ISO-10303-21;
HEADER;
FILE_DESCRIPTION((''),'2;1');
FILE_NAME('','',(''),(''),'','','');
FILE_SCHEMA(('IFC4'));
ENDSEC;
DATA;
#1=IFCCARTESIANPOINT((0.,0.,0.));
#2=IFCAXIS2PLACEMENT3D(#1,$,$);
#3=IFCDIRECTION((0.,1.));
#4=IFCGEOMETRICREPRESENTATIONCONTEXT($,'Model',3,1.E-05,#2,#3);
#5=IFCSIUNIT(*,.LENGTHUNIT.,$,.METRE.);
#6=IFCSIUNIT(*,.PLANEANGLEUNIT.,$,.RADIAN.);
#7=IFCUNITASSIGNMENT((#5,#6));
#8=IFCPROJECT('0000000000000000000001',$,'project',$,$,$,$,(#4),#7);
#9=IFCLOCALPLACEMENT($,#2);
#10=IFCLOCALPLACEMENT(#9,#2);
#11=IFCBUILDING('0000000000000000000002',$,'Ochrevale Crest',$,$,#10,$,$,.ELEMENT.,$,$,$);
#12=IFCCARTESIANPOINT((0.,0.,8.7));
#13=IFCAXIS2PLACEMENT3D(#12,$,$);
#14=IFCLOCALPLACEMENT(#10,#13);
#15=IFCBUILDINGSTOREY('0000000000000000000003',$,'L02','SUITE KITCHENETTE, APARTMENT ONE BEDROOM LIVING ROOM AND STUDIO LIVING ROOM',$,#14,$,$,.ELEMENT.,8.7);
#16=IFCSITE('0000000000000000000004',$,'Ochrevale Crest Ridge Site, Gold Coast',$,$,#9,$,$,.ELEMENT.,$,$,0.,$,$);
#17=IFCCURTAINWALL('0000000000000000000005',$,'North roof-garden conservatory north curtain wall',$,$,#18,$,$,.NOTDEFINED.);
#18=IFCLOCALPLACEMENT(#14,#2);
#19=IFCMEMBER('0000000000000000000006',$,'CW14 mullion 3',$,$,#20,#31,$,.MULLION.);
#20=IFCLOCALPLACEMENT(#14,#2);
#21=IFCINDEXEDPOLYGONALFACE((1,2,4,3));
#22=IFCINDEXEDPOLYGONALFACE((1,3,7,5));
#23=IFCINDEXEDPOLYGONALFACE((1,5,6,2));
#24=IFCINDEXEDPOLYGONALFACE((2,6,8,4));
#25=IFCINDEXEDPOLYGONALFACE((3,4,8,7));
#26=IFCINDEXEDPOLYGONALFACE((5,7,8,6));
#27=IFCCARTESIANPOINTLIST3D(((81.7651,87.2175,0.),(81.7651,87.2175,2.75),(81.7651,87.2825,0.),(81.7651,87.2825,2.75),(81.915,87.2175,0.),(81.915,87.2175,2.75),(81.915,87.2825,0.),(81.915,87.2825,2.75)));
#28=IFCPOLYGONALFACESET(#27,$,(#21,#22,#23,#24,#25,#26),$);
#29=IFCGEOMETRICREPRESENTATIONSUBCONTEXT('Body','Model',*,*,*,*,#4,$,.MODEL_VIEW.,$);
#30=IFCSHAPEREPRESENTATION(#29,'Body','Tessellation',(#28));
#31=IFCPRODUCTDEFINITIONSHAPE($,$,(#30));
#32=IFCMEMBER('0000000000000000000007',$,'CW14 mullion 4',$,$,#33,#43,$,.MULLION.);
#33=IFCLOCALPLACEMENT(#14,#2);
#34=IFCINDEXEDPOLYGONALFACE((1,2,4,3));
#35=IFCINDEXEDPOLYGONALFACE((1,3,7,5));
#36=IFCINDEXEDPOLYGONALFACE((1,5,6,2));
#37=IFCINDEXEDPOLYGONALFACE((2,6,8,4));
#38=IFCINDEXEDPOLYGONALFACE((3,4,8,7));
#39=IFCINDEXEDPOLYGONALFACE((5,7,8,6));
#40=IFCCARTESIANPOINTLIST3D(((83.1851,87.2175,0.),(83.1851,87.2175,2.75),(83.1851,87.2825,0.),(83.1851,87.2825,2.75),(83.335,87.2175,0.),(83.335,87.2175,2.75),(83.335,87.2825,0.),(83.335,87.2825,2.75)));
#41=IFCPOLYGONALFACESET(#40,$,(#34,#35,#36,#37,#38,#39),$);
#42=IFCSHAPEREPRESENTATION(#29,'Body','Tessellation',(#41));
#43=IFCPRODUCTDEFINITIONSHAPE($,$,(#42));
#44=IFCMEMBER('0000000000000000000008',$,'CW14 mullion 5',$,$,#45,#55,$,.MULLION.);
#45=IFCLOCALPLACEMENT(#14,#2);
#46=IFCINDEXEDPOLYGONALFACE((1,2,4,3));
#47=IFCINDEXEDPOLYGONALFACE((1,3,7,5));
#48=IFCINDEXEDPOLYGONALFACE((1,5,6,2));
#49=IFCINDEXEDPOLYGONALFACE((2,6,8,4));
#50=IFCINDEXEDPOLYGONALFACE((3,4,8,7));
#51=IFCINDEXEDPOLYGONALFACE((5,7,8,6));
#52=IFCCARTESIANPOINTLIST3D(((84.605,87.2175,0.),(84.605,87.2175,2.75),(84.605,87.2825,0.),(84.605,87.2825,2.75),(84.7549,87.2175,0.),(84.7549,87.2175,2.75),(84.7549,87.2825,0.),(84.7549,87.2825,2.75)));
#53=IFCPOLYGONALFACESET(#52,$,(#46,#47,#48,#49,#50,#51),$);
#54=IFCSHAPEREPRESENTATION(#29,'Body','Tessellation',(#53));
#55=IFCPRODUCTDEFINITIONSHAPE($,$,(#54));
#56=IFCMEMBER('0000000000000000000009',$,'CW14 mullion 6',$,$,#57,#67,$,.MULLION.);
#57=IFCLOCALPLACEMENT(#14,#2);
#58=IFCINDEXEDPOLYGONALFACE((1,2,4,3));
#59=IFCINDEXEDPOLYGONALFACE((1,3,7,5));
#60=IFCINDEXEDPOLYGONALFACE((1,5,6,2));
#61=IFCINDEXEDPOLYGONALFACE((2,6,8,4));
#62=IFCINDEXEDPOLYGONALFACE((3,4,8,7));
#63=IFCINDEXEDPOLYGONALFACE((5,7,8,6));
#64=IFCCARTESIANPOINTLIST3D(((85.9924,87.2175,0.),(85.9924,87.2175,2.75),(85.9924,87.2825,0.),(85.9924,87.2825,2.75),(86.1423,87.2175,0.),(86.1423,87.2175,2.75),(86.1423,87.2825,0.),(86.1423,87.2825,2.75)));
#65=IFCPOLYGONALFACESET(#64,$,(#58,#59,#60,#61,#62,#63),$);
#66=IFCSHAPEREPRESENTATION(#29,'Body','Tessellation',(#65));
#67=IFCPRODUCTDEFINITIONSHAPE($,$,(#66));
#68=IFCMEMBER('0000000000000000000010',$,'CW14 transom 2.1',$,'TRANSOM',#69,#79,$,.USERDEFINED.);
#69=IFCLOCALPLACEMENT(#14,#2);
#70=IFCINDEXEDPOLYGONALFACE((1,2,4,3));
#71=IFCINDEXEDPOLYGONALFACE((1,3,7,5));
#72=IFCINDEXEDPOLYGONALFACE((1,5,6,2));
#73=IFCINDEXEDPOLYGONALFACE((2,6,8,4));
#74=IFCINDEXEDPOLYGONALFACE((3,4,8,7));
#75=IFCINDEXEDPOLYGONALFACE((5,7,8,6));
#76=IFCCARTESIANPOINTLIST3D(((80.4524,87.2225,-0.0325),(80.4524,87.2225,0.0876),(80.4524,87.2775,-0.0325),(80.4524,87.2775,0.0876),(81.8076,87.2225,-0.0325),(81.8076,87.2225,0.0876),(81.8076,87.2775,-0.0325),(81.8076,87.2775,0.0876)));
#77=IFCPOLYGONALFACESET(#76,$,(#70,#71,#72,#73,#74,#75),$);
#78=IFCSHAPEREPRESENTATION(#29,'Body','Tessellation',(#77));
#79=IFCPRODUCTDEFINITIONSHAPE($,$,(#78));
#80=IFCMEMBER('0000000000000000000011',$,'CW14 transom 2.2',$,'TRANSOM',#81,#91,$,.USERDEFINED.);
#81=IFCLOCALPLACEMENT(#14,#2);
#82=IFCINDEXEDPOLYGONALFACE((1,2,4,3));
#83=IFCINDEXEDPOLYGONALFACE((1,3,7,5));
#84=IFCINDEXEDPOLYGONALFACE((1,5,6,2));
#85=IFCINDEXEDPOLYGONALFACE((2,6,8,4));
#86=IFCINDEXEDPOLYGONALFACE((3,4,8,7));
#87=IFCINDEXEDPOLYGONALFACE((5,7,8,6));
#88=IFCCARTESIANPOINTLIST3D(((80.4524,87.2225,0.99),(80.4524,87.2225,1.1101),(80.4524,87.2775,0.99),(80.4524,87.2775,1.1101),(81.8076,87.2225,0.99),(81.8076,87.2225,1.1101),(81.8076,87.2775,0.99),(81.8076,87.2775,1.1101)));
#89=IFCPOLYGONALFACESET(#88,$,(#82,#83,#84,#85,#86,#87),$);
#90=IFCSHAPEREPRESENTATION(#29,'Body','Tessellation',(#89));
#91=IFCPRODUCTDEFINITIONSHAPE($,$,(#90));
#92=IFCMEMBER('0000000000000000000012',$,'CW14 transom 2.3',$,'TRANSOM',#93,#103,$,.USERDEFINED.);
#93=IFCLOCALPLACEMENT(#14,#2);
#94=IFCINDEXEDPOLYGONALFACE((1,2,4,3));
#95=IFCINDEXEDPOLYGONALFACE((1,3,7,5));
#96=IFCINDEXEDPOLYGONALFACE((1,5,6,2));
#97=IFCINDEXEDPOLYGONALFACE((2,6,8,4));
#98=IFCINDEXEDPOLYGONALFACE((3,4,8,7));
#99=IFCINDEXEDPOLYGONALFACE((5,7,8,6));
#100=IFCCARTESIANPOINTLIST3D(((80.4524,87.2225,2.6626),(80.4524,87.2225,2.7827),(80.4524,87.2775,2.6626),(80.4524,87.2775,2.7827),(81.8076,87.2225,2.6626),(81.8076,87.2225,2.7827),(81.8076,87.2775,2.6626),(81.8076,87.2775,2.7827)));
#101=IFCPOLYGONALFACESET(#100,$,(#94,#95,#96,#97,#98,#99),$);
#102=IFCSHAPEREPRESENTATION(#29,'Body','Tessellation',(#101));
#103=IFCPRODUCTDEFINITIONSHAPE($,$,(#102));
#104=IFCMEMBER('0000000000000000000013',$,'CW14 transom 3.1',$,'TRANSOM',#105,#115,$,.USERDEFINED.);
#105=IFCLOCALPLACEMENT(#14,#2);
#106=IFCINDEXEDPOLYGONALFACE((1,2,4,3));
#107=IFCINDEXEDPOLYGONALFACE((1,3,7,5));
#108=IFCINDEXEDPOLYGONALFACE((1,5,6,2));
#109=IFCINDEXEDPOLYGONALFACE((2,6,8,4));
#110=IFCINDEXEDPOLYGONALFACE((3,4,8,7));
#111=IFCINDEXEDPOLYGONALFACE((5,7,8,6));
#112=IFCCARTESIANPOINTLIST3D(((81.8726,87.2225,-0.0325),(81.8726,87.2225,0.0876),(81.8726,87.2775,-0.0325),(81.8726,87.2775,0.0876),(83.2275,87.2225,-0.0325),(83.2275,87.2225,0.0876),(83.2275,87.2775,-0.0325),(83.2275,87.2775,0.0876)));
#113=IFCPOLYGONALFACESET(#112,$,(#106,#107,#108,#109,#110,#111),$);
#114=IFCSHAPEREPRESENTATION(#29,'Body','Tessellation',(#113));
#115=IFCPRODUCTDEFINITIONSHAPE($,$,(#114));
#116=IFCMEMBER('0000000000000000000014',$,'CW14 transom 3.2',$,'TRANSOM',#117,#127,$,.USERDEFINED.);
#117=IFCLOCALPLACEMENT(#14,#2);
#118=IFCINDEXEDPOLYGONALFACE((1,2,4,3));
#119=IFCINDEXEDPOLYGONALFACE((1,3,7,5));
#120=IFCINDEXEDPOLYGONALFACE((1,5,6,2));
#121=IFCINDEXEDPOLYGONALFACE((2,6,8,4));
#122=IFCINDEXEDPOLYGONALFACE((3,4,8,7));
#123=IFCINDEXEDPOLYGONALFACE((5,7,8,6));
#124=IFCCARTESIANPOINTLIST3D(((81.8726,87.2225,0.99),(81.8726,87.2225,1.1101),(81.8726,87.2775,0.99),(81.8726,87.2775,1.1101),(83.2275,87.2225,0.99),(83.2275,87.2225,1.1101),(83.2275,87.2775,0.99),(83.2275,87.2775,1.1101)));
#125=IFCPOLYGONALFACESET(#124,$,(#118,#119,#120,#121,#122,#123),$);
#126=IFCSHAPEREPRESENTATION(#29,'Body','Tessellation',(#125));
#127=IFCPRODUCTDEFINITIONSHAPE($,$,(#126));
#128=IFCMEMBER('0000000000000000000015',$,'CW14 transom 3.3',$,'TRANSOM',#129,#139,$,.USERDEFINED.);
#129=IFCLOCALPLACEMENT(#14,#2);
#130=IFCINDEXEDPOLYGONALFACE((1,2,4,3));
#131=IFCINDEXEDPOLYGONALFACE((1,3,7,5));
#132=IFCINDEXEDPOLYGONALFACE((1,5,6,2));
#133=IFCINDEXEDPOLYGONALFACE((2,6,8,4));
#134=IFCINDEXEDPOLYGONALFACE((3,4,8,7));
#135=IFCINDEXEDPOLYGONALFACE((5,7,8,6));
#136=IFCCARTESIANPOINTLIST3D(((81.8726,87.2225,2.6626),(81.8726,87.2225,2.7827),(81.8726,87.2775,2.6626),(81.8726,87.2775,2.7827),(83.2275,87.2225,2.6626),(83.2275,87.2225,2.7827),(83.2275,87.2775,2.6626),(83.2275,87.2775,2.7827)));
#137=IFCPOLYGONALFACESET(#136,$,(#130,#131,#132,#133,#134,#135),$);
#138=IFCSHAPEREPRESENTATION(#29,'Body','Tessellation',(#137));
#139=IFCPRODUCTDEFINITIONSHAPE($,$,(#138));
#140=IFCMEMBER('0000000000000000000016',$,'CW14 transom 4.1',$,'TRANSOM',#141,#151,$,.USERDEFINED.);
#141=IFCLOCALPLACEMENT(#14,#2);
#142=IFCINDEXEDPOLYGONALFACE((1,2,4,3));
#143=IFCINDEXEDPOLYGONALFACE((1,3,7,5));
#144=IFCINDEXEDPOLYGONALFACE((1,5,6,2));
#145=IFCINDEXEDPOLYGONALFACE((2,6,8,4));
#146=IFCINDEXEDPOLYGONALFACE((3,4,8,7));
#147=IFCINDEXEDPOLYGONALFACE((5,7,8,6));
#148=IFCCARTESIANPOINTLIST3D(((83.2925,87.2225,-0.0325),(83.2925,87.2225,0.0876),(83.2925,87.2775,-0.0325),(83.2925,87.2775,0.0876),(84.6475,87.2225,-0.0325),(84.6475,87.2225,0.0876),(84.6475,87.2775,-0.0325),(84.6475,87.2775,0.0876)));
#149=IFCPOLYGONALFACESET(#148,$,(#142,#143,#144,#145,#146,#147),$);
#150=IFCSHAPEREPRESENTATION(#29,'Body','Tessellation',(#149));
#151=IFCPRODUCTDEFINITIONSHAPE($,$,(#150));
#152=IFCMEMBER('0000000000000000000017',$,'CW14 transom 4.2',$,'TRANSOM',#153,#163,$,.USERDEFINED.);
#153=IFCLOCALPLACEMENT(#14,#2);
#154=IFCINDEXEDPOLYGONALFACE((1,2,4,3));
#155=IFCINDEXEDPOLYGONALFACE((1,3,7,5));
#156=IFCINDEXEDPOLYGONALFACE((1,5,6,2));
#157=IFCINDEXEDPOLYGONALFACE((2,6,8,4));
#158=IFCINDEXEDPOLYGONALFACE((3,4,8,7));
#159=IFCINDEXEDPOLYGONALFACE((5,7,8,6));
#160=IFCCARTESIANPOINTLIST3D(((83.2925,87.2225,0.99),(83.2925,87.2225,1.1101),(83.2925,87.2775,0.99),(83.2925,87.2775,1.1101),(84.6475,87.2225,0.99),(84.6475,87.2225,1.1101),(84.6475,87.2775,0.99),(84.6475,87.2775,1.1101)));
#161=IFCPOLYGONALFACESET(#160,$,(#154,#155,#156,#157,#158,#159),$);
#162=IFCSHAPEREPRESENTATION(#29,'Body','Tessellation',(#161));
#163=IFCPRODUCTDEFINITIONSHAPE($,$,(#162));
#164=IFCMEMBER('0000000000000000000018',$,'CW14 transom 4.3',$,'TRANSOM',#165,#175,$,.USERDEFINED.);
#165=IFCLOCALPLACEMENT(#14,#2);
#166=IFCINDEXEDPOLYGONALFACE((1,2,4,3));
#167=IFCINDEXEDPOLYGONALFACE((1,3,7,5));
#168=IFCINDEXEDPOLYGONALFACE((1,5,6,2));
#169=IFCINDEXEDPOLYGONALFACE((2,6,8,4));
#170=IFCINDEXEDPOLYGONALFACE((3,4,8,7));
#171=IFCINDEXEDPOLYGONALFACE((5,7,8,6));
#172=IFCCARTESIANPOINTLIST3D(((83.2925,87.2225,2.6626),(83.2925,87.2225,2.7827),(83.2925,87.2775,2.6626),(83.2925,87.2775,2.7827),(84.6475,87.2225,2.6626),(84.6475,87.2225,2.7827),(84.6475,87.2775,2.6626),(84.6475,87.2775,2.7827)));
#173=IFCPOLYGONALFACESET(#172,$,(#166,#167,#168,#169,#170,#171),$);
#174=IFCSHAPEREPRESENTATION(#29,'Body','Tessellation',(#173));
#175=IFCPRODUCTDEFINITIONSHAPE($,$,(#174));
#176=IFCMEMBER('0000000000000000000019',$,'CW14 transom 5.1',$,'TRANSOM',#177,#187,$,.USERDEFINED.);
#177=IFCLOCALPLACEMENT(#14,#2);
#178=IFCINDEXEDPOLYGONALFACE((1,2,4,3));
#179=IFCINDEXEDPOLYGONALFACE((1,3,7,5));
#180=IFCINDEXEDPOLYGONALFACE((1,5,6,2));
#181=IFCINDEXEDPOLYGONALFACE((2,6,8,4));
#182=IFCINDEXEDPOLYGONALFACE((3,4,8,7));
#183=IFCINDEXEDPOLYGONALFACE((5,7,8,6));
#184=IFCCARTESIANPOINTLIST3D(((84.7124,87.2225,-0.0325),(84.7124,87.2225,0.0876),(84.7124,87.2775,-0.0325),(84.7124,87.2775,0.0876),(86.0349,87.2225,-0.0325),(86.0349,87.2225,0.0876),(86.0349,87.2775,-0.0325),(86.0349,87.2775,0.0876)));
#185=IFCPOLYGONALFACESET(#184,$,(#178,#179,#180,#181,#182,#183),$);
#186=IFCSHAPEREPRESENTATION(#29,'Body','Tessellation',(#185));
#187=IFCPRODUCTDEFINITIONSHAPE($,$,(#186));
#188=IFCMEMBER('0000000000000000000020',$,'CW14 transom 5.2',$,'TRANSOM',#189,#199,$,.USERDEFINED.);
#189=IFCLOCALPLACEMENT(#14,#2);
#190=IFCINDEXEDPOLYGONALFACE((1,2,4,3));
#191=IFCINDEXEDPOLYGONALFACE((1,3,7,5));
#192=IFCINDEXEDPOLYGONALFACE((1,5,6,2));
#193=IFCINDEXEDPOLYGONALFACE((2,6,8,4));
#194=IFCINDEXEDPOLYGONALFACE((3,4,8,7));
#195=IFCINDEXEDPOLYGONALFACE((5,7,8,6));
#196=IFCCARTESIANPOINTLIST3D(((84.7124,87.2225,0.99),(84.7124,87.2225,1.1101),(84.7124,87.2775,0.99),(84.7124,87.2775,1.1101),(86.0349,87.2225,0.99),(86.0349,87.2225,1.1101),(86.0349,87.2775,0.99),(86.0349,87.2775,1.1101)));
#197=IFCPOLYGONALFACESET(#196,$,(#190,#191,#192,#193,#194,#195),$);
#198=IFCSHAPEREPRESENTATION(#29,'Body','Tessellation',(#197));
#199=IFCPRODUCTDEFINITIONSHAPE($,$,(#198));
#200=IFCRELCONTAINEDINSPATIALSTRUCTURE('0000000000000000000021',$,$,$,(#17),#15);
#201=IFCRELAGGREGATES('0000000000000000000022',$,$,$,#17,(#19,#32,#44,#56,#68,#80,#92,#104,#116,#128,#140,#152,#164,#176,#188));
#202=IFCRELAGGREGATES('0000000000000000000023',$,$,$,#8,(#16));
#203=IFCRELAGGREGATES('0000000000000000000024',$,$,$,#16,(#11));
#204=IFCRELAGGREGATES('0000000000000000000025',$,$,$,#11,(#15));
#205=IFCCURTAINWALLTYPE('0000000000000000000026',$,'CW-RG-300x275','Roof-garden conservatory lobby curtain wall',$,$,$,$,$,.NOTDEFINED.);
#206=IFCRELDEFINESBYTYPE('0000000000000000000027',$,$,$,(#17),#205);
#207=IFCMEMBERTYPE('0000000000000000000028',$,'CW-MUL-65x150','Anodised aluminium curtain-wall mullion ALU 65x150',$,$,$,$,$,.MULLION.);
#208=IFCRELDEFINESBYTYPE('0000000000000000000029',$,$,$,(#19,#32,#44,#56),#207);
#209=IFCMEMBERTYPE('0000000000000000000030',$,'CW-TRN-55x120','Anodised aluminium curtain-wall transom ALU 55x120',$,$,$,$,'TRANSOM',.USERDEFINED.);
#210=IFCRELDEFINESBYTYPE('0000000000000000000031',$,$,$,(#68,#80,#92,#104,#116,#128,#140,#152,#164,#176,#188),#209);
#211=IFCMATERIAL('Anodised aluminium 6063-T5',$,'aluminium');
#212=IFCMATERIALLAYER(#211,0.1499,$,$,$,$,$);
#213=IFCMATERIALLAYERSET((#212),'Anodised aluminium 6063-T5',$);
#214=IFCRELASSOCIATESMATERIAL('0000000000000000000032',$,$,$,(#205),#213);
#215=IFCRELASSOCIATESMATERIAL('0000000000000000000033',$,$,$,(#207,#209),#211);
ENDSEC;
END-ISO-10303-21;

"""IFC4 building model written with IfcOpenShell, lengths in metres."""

from ifc_helpers import new_model, si_unit, direction, frame, origin, origin_2d, place, context, subcontext, project, spatial, rectangle, extrude, material, layer, layer_set, material_profile, profile_set, type_object, element, aggregate, save


model = new_model("IFC4")

# Units and contexts
model_context = context("Model", 3, precision=1e-05, world=origin(), true_north=direction((0.0, 1.0)))
body_context = subcontext(model_context, "Body", "Model", "MODEL_VIEW")
ifc_project = project(units=[si_unit("LENGTHUNIT", "METRE"), si_unit("PLANEANGLEUNIT", "RADIAN")], contexts=[model_context])

# Site, building, storey
site_placement = place(None, origin())
site = spatial("IfcSite", under=ifc_project, at=site_placement, Name="Ochrevale Crest Ridge Site, Gold Coast", CompositionType="ELEMENT", RefElevation=0.0)
building_placement = place(site_placement, origin())
building = spatial("IfcBuilding", under=site, at=building_placement, Name="Ochrevale Crest", CompositionType="ELEMENT")
storey_placement = place(building_placement, frame((0.0, 0.0, 8.7)))
storey = spatial("IfcBuildingStorey", under=building, at=storey_placement, Name="L02", Description="SUITE KITCHENETTE, APARTMENT ONE BEDROOM LIVING ROOM AND STUDIO LIVING ROOM", CompositionType="ELEMENT", Elevation=8.7)

# Curtain wall, members
ifc_material_1 = material(Name="Anodised aluminium 6063-T5", Category="aluminium")
ifc_layer_1 = layer(ifc_material_1, 0.1499)
ifc_layer_set_1 = layer_set([ifc_layer_1], Name="Anodised aluminium 6063-T5")
curtain_wall_type = type_object("IfcCurtainWallType", Name="CW-RG-300x275", Description="Roof-garden conservatory lobby curtain wall", PredefinedType="NOTDEFINED", material=ifc_layer_set_1)
curtain_wall_placement = place(storey_placement, origin())
curtain_wall = element("IfcCurtainWall", 1, at=curtain_wall_placement, inside=storey, type_object=curtain_wall_type, Name="North roof-garden conservatory north curtain wall", PredefinedType="NOTDEFINED")
ifc_material_profile_1 = material_profile(ifc_material_1, rectangle(XDim=0.0649, YDim=0.1499, at=origin_2d()), Name="ALU 65x150")
ifc_profile_set_1 = profile_set([ifc_material_profile_1], Name="Anodised aluminium 6063-T5")
member_type_1 = type_object("IfcMemberType", Name="CW-MUL-65x150", Description="Anodised aluminium curtain-wall mullion ALU 65x150", PredefinedType="MULLION", material=ifc_profile_set_1)
member_1_placement = place(storey_placement, frame((81.8401, 87.25, 0.0), z_axis=(0.0, 0.0, 1.0), x_axis=(0.0, 1.0, 0.0)))
member_1 = element("IfcMember", 2, at=member_1_placement, type_object=member_type_1, Name="CW14 mullion 3", PredefinedType="MULLION", context=body_context, shape_type="SweptSolid", body=[
    extrude(rectangle(XDim=0.0649, YDim=0.1499, at=origin_2d()), origin(), (0.0, 0.0, 1.0), 2.75),
])
member_2_placement = place(storey_placement, frame((83.26, 87.25, 0.0), z_axis=(0.0, 0.0, 1.0), x_axis=(0.0, 1.0, 0.0)))
member_2 = element("IfcMember", 3, at=member_2_placement, type_object=member_type_1, Name="CW14 mullion 4", PredefinedType="MULLION", context=body_context, shape_type="SweptSolid", body=[
    extrude(rectangle(XDim=0.0649, YDim=0.1499, at=origin_2d()), origin(), (0.0, 0.0, 1.0), 2.75),
])
member_3_placement = place(storey_placement, frame((84.6799, 87.25, 0.0), z_axis=(0.0, 0.0, 1.0), x_axis=(0.0, 1.0, 0.0)))
member_3 = element("IfcMember", 4, at=member_3_placement, type_object=member_type_1, Name="CW14 mullion 5", PredefinedType="MULLION", context=body_context, shape_type="SweptSolid", body=[
    extrude(rectangle(XDim=0.0649, YDim=0.1499, at=origin_2d()), origin(), (0.0, 0.0, 1.0), 2.75),
])
member_4_placement = place(storey_placement, frame((86.0674, 87.25, 0.0), z_axis=(0.0, 0.0, 1.0), x_axis=(0.0, 1.0, 0.0)))
member_4 = element("IfcMember", 5, at=member_4_placement, type_object=member_type_1, Name="CW14 mullion 6", PredefinedType="MULLION", context=body_context, shape_type="SweptSolid", body=[
    extrude(rectangle(XDim=0.0649, YDim=0.1499, at=origin_2d()), origin(), (0.0, 0.0, 1.0), 2.75),
])
ifc_material_profile_2 = material_profile(ifc_material_1, rectangle(XDim=0.0549, YDim=0.1201, at=origin_2d()), Name="ALU 55x120")
ifc_profile_set_2 = profile_set([ifc_material_profile_2], Name="Anodised aluminium 6063-T5")
member_type_2 = type_object("IfcMemberType", Name="CW-TRN-55x120", Description="Anodised aluminium curtain-wall transom ALU 55x120", ElementType="TRANSOM", PredefinedType="USERDEFINED", material=ifc_profile_set_2)
member_5_placement = place(storey_placement, frame((80.4524, 87.25, 0.0276), z_axis=(1.0, 0.0, 0.0), x_axis=(0.0, 1.0, 0.0)))
member_5 = element("IfcMember", 6, at=member_5_placement, type_object=member_type_2, Name="CW14 transom 2.1", ObjectType="TRANSOM", PredefinedType="USERDEFINED", context=body_context, shape_type="SweptSolid", body=[
    extrude(rectangle(XDim=0.0549, YDim=0.1201, at=origin_2d()), origin(), (0.0, 0.0, 1.0), 1.3552),
])
member_6_placement = place(storey_placement, frame((80.4524, 87.25, 1.05), z_axis=(1.0, 0.0, 0.0), x_axis=(0.0, 1.0, 0.0)))
member_6 = element("IfcMember", 7, at=member_6_placement, type_object=member_type_2, Name="CW14 transom 2.2", ObjectType="TRANSOM", PredefinedType="USERDEFINED", context=body_context, shape_type="SweptSolid", body=[
    extrude(rectangle(XDim=0.0549, YDim=0.1201, at=origin_2d()), origin(), (0.0, 0.0, 1.0), 1.3552),
])
member_7_placement = place(storey_placement, frame((80.4524, 87.25, 2.7227), z_axis=(1.0, 0.0, 0.0), x_axis=(0.0, 1.0, 0.0)))
member_7 = element("IfcMember", 8, at=member_7_placement, type_object=member_type_2, Name="CW14 transom 2.3", ObjectType="TRANSOM", PredefinedType="USERDEFINED", context=body_context, shape_type="SweptSolid", body=[
    extrude(rectangle(XDim=0.0549, YDim=0.1201, at=origin_2d()), origin(), (0.0, 0.0, 1.0), 1.3552),
])
member_8_placement = place(storey_placement, frame((81.8726, 87.25, 0.0276), z_axis=(1.0, 0.0, 0.0), x_axis=(0.0, 1.0, 0.0)))
member_8 = element("IfcMember", 9, at=member_8_placement, type_object=member_type_2, Name="CW14 transom 3.1", ObjectType="TRANSOM", PredefinedType="USERDEFINED", context=body_context, shape_type="SweptSolid", body=[
    extrude(rectangle(XDim=0.0549, YDim=0.1201, at=origin_2d()), origin(), (0.0, 0.0, 1.0), 1.355),
])
member_9_placement = place(storey_placement, frame((81.8726, 87.25, 1.05), z_axis=(1.0, 0.0, 0.0), x_axis=(0.0, 1.0, 0.0)))
member_9 = element("IfcMember", 10, at=member_9_placement, type_object=member_type_2, Name="CW14 transom 3.2", ObjectType="TRANSOM", PredefinedType="USERDEFINED", context=body_context, shape_type="SweptSolid", body=[
    extrude(rectangle(XDim=0.0549, YDim=0.1201, at=origin_2d()), origin(), (0.0, 0.0, 1.0), 1.355),
])
member_10_placement = place(storey_placement, frame((81.8726, 87.25, 2.7227), z_axis=(1.0, 0.0, 0.0), x_axis=(0.0, 1.0, 0.0)))
member_10 = element("IfcMember", 11, at=member_10_placement, type_object=member_type_2, Name="CW14 transom 3.3", ObjectType="TRANSOM", PredefinedType="USERDEFINED", context=body_context, shape_type="SweptSolid", body=[
    extrude(rectangle(XDim=0.0549, YDim=0.1201, at=origin_2d()), origin(), (0.0, 0.0, 1.0), 1.355),
])
member_11_placement = place(storey_placement, frame((83.2925, 87.25, 0.0276), z_axis=(1.0, 0.0, 0.0), x_axis=(0.0, 1.0, 0.0)))
member_11 = element("IfcMember", 12, at=member_11_placement, type_object=member_type_2, Name="CW14 transom 4.1", ObjectType="TRANSOM", PredefinedType="USERDEFINED", context=body_context, shape_type="SweptSolid", body=[
    extrude(rectangle(XDim=0.0549, YDim=0.1201, at=origin_2d()), origin(), (0.0, 0.0, 1.0), 1.355),
])
member_12_placement = place(storey_placement, frame((83.2925, 87.25, 1.05), z_axis=(1.0, 0.0, 0.0), x_axis=(0.0, 1.0, 0.0)))
member_12 = element("IfcMember", 13, at=member_12_placement, type_object=member_type_2, Name="CW14 transom 4.2", ObjectType="TRANSOM", PredefinedType="USERDEFINED", context=body_context, shape_type="SweptSolid", body=[
    extrude(rectangle(XDim=0.0549, YDim=0.1201, at=origin_2d()), origin(), (0.0, 0.0, 1.0), 1.355),
])
member_13_placement = place(storey_placement, frame((83.2925, 87.25, 2.7227), z_axis=(1.0, 0.0, 0.0), x_axis=(0.0, 1.0, 0.0)))
member_13 = element("IfcMember", 14, at=member_13_placement, type_object=member_type_2, Name="CW14 transom 4.3", ObjectType="TRANSOM", PredefinedType="USERDEFINED", context=body_context, shape_type="SweptSolid", body=[
    extrude(rectangle(XDim=0.0549, YDim=0.1201, at=origin_2d()), origin(), (0.0, 0.0, 1.0), 1.355),
])
member_14_placement = place(storey_placement, frame((84.7124, 87.25, 0.0276), z_axis=(1.0, 0.0, 0.0), x_axis=(0.0, 1.0, 0.0)))
member_14 = element("IfcMember", 15, at=member_14_placement, type_object=member_type_2, Name="CW14 transom 5.1", ObjectType="TRANSOM", PredefinedType="USERDEFINED", context=body_context, shape_type="SweptSolid", body=[
    extrude(rectangle(XDim=0.0549, YDim=0.1201, at=origin_2d()), origin(), (0.0, 0.0, 1.0), 1.3225),
])
member_15_placement = place(storey_placement, frame((84.7124, 87.25, 1.05), z_axis=(1.0, 0.0, 0.0), x_axis=(0.0, 1.0, 0.0)))
member_15 = element("IfcMember", 16, at=member_15_placement, type_object=member_type_2, Name="CW14 transom 5.2", ObjectType="TRANSOM", PredefinedType="USERDEFINED", context=body_context, shape_type="SweptSolid", body=[
    extrude(rectangle(XDim=0.0549, YDim=0.1201, at=origin_2d()), origin(), (0.0, 0.0, 1.0), 1.3225),
])
aggregate(curtain_wall, [member_1, member_2, member_3, member_4, member_5, member_6, member_7, member_8, member_9, member_10, member_11, member_12, member_13, member_14, member_15])

save(model, "model.ifc")
